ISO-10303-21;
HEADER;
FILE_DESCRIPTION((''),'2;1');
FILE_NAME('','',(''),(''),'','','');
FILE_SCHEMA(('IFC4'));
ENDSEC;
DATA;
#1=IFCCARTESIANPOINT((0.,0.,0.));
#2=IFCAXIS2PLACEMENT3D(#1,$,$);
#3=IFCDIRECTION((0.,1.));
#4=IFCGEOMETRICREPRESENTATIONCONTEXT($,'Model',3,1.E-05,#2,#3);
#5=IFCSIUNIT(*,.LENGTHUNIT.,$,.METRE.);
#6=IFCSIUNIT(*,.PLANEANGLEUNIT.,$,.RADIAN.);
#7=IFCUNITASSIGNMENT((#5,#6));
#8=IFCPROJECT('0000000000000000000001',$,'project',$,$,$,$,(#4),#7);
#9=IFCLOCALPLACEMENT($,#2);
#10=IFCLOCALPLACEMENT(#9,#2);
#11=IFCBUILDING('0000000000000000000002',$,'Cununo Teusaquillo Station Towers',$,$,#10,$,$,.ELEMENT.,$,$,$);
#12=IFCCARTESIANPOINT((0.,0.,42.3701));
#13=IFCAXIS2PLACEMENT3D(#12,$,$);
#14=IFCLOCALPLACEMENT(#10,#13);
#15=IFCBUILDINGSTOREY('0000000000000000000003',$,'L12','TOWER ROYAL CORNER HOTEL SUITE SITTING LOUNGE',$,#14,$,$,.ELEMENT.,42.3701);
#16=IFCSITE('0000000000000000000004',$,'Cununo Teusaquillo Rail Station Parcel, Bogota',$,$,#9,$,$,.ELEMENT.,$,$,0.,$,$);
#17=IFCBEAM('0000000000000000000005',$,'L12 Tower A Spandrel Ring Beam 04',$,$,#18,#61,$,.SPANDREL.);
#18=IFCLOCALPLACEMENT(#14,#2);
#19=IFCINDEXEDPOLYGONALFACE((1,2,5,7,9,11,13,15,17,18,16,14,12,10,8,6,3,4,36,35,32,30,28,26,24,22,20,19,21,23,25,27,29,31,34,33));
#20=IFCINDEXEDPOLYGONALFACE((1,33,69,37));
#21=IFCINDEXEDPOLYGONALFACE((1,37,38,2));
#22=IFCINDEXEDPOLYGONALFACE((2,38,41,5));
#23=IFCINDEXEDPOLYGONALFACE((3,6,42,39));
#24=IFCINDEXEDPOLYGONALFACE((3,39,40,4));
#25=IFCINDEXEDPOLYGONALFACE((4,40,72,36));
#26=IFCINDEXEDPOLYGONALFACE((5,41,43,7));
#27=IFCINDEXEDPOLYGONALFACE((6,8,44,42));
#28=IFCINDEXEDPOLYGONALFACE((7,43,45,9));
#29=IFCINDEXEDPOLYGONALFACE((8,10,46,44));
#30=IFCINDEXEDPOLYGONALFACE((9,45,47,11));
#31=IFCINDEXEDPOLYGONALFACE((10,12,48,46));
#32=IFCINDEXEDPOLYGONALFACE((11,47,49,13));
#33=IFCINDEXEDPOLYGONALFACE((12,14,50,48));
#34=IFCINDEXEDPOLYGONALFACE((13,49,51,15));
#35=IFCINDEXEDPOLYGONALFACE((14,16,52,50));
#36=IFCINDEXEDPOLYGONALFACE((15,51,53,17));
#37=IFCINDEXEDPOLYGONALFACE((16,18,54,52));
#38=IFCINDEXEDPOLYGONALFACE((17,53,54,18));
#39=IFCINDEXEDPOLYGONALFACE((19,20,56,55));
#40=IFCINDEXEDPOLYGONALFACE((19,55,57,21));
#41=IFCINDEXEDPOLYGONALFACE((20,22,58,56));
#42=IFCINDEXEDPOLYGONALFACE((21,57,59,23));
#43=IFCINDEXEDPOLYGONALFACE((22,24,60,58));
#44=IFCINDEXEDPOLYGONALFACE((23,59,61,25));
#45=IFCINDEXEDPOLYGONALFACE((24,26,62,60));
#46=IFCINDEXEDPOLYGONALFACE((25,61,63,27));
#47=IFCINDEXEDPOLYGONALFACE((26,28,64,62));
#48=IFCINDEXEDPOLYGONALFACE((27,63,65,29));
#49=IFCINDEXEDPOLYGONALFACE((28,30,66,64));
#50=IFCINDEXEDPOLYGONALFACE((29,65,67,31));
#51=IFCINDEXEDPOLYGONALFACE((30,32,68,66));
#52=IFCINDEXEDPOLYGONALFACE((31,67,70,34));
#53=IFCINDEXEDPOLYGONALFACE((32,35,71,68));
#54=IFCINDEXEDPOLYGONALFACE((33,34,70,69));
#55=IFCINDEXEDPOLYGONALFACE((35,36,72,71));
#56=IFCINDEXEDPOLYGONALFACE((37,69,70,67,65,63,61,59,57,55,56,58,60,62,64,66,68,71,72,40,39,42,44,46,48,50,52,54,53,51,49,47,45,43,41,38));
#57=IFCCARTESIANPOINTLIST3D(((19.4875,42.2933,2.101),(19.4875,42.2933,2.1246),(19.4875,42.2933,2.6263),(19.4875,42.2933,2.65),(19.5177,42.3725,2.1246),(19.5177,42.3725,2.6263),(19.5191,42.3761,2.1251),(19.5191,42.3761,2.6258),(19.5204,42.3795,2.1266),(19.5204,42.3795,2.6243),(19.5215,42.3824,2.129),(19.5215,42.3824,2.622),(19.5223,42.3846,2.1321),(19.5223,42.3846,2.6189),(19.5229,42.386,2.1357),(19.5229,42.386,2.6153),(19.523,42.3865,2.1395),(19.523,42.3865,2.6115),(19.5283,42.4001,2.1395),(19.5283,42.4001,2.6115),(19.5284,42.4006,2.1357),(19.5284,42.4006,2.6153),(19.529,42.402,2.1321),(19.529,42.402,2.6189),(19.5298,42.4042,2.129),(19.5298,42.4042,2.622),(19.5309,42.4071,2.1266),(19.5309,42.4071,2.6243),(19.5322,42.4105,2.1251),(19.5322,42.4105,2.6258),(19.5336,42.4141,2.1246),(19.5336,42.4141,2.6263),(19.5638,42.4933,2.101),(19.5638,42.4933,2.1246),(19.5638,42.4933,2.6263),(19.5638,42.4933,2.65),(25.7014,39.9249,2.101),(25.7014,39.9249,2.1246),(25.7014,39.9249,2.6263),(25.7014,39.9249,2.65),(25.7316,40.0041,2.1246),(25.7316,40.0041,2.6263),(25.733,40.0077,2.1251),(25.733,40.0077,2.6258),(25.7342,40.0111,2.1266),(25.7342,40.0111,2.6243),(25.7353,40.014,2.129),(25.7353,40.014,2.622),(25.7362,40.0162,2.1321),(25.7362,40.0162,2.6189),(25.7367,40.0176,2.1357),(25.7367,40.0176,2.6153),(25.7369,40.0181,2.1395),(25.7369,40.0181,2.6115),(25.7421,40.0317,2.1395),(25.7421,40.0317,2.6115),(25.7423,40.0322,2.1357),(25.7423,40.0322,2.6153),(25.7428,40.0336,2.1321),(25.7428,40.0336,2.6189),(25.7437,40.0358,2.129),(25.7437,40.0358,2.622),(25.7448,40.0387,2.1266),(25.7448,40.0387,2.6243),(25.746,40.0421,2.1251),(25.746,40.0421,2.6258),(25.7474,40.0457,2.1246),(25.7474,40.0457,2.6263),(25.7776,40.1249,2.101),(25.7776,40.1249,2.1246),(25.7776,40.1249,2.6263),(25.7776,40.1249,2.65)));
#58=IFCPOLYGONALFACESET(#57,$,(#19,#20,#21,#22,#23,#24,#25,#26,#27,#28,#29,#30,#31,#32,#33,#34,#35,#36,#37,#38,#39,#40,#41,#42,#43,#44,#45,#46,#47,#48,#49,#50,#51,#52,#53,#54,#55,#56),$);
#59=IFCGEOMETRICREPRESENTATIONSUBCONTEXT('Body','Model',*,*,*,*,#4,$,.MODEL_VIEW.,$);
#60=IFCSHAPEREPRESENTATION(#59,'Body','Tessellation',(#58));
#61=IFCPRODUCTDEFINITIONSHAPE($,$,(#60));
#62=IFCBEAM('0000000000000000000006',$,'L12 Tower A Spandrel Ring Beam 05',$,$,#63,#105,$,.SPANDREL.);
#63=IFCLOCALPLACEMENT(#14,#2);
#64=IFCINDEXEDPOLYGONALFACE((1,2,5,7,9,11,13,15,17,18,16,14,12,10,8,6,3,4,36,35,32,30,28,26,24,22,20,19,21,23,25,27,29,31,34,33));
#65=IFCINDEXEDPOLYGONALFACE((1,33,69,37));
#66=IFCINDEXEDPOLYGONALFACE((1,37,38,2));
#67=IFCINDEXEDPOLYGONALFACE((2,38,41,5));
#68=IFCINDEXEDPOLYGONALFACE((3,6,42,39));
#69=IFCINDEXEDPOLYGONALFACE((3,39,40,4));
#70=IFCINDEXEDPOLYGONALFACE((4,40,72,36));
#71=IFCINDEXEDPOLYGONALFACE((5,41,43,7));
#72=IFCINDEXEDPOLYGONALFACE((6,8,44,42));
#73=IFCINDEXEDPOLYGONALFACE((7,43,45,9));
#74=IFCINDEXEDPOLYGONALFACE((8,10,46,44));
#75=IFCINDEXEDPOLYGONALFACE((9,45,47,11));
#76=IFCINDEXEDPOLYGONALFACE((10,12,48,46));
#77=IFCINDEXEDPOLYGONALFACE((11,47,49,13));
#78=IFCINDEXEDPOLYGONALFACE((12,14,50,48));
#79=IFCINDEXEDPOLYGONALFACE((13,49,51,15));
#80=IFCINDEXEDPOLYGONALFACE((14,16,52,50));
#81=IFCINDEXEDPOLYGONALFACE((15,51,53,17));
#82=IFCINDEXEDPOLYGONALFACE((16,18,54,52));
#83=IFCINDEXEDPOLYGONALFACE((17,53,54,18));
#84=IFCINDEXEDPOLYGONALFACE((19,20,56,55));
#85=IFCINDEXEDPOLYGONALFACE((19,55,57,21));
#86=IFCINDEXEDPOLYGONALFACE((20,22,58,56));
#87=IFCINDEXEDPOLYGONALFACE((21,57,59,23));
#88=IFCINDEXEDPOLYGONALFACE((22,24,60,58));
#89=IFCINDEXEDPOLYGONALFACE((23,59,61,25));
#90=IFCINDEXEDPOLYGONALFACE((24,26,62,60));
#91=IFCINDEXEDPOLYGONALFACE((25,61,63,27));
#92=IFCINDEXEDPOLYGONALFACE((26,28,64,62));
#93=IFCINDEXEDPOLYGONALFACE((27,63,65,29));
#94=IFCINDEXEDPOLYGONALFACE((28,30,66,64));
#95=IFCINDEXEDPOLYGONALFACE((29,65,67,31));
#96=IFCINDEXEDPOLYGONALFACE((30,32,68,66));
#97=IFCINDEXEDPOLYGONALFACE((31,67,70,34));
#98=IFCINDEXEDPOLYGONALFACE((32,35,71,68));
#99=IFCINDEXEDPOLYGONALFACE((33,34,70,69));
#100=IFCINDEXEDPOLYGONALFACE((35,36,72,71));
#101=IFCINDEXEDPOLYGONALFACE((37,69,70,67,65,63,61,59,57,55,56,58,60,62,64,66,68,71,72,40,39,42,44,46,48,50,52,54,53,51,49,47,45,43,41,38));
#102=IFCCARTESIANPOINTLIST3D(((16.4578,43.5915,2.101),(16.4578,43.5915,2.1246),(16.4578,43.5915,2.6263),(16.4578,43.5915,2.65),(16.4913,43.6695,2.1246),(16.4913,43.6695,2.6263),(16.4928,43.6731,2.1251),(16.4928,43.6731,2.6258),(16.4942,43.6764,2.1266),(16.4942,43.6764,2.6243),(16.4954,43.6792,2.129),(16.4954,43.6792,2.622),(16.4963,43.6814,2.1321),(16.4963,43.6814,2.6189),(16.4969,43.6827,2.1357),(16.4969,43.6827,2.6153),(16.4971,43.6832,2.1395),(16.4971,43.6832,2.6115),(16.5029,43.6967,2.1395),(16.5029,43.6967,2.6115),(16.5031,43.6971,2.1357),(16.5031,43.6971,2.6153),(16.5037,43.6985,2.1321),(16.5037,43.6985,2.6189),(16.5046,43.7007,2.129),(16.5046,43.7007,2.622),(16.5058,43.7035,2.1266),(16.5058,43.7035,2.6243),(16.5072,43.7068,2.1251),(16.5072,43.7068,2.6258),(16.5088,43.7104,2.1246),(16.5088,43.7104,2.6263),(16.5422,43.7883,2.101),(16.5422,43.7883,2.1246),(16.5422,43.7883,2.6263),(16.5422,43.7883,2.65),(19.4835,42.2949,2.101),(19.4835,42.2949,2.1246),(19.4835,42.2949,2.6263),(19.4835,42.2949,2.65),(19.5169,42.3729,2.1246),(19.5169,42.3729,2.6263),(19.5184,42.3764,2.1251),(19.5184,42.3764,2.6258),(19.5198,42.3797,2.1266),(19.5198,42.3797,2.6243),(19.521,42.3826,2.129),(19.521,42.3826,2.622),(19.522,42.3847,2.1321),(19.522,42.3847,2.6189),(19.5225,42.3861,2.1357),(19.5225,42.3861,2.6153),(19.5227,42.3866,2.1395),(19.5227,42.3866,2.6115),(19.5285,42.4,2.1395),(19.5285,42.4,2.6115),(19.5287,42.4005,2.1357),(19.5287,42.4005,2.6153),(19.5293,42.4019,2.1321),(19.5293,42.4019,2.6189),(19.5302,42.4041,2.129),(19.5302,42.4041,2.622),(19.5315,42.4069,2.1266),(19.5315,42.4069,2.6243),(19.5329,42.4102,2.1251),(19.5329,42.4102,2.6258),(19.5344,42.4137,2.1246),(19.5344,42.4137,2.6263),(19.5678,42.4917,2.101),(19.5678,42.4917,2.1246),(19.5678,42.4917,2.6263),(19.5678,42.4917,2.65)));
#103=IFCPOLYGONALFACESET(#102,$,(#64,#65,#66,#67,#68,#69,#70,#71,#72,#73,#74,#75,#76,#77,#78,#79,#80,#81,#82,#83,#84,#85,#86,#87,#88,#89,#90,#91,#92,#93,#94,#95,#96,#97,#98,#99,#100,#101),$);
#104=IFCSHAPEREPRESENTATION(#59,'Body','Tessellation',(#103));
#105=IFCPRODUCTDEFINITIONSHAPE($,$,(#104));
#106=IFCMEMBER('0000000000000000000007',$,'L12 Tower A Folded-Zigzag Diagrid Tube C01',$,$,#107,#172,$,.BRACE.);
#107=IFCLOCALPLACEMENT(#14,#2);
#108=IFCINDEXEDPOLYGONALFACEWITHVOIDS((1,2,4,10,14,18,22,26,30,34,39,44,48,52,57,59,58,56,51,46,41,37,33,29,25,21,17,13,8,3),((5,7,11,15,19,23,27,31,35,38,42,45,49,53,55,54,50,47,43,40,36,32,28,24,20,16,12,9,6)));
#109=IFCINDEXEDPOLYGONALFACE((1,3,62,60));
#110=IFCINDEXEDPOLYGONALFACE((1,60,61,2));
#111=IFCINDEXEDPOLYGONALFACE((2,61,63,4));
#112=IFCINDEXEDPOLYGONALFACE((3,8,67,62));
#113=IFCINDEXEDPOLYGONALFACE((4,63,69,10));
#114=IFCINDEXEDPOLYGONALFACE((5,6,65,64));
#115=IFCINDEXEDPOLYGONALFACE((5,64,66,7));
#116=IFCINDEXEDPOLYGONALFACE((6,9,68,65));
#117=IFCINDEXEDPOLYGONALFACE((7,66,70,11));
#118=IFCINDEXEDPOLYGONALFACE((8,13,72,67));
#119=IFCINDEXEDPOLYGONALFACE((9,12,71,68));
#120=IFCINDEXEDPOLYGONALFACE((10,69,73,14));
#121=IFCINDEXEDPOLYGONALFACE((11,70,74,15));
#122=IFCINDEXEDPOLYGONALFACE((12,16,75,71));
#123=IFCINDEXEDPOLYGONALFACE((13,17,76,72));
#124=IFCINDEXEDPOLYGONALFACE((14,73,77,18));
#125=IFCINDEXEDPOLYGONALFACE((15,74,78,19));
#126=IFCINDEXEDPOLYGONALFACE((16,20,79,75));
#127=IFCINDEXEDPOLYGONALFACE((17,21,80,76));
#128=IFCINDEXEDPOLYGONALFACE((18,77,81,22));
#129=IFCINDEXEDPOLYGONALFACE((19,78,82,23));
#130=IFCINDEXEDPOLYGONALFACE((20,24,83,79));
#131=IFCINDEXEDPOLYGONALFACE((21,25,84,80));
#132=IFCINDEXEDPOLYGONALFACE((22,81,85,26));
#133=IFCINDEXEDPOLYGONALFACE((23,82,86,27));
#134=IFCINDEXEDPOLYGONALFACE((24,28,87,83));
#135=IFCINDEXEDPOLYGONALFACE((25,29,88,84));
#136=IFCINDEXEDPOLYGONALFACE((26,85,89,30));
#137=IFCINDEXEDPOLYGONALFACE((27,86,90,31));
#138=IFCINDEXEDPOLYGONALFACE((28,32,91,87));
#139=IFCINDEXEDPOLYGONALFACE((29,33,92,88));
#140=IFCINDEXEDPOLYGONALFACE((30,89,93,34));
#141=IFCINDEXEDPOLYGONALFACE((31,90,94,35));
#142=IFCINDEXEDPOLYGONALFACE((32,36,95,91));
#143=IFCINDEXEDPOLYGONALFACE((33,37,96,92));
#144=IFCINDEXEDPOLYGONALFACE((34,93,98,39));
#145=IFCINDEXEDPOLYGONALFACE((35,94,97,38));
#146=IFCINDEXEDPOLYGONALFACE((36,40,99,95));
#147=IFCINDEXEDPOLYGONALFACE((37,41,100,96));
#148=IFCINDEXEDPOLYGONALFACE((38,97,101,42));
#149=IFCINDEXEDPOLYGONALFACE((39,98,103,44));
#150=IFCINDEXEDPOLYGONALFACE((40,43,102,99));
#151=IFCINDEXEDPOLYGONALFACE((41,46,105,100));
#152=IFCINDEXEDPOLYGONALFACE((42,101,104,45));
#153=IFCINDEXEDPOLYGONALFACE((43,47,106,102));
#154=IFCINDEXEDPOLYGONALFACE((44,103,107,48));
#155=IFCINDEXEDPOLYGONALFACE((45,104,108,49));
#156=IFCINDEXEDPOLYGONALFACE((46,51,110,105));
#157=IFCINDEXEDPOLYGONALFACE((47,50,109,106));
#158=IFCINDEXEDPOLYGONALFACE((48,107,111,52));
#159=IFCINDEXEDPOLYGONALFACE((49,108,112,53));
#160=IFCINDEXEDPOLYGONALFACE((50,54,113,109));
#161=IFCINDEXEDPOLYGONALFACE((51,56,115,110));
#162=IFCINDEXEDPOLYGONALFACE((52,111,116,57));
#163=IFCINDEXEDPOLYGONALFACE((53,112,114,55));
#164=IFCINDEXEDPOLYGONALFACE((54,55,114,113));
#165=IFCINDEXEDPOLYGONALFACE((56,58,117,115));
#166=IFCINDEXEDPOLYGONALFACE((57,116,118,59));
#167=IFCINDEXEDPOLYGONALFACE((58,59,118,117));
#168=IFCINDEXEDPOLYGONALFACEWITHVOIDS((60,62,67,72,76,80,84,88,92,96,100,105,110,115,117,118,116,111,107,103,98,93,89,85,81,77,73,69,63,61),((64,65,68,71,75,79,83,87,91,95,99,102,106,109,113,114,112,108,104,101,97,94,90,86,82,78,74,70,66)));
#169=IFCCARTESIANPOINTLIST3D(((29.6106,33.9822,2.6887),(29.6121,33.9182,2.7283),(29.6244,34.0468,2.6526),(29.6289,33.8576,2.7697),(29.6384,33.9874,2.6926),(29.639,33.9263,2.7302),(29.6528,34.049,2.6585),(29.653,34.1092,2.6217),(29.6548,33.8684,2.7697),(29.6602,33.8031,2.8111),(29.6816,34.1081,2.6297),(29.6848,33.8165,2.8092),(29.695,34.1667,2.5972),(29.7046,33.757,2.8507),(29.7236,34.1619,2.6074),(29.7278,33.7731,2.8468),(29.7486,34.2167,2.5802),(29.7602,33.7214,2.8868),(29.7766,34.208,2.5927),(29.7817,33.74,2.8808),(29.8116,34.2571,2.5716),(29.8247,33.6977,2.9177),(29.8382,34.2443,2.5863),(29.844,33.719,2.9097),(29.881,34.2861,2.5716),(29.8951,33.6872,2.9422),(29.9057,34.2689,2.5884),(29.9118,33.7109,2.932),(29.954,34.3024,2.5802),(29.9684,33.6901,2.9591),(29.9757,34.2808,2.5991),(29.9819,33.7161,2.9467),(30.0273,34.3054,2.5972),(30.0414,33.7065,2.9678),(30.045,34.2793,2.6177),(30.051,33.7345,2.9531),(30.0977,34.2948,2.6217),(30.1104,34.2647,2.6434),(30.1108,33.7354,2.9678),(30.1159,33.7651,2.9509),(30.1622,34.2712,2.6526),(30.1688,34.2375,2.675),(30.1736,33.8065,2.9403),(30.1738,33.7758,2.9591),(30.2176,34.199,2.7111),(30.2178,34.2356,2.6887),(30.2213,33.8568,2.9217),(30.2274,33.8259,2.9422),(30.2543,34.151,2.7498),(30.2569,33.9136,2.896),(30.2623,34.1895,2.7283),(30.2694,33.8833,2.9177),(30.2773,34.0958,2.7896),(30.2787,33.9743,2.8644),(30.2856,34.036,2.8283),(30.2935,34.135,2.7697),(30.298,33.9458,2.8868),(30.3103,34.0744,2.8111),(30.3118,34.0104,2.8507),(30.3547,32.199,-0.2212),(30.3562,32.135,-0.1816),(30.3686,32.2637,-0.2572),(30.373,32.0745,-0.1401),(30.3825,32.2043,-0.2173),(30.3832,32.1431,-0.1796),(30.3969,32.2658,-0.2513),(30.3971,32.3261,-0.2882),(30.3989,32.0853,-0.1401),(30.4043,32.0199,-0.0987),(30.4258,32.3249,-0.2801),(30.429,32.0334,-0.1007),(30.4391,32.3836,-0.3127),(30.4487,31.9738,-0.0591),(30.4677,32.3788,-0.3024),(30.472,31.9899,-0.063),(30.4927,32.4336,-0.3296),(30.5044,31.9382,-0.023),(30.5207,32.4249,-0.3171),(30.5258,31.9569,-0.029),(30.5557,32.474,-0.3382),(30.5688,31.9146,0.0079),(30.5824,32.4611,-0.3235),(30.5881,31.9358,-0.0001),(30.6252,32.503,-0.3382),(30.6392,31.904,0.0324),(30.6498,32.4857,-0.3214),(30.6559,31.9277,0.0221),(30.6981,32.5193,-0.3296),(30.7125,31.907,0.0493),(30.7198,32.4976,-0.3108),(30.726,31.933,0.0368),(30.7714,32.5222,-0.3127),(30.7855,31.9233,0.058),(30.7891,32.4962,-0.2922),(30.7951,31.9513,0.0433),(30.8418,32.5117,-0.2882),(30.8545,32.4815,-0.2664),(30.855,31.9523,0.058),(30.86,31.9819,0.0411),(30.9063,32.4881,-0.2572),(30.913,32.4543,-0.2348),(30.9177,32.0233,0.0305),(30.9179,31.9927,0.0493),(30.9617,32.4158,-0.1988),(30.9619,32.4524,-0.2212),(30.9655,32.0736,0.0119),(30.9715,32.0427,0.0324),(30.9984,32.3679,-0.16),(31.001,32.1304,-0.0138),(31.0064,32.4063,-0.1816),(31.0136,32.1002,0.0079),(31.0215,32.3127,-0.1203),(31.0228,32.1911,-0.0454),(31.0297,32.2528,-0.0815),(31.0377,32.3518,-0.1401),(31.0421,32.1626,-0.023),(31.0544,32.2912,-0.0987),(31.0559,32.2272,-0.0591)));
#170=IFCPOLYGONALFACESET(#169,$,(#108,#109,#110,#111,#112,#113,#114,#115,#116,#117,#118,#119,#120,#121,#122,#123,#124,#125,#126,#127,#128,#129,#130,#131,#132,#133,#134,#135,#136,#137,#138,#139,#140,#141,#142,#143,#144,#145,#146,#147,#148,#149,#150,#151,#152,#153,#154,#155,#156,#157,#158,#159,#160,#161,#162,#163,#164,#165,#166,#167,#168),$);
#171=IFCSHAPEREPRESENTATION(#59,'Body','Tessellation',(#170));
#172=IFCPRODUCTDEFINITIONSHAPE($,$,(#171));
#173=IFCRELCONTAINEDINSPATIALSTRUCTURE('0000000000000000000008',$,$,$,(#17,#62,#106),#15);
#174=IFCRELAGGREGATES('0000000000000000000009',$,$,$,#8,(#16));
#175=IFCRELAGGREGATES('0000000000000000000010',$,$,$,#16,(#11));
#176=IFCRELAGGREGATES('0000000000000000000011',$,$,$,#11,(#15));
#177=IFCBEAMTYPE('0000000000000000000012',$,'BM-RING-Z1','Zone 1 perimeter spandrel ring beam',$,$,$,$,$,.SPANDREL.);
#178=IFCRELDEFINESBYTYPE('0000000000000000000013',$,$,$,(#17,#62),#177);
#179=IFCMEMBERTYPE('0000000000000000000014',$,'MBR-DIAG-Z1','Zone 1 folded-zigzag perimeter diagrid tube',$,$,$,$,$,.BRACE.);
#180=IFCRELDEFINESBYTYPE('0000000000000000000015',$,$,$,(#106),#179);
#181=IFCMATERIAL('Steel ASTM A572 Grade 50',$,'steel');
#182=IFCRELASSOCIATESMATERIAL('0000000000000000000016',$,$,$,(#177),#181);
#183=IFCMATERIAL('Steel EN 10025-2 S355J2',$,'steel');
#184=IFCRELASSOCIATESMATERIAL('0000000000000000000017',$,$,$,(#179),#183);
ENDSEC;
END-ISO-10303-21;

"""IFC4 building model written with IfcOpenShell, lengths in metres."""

from ifc_helpers import new_model, si_unit, direction, frame, origin, origin_2d, place, context, subcontext, project, spatial, hollow_circle, i_section, extrude, material, material_profile, profile_set, type_object, element, save


model = new_model("IFC4")

# Units and contexts
model_context = context("Model", 3, precision=1e-05, world=origin(), true_north=direction((0.0, 1.0)))
body_context = subcontext(model_context, "Body", "Model", "MODEL_VIEW")
ifc_project = project(units=[si_unit("LENGTHUNIT", "METRE"), si_unit("PLANEANGLEUNIT", "RADIAN")], contexts=[model_context])

# Site, building, storey
site_placement = place(None, origin())
site = spatial("IfcSite", under=ifc_project, at=site_placement, Name="Cununo Teusaquillo Rail Station Parcel, Bogota", CompositionType="ELEMENT", RefElevation=0.0)
building_placement = place(site_placement, origin())
building = spatial("IfcBuilding", under=site, at=building_placement, Name="Cununo Teusaquillo Station Towers", CompositionType="ELEMENT")
storey_placement = place(building_placement, frame((0.0, 0.0, 42.3701)))
storey = spatial("IfcBuildingStorey", under=building, at=storey_placement, Name="L12", Description="TOWER ROYAL CORNER HOTEL SUITE SITTING LOUNGE", CompositionType="ELEMENT", Elevation=42.3701)

# Beams
ifc_material_1 = material(Name="Steel ASTM A572 Grade 50", Category="steel")
ifc_material_profile_1 = material_profile(ifc_material_1, i_section(OverallWidth=0.2141, OverallDepth=0.5491, WebThickness=0.0146, FlangeThickness=0.0237, FilletRadius=0.0149, at=origin_2d()), Name="W21X93")
ifc_profile_set_1 = profile_set([ifc_material_profile_1], Name="Steel ASTM A572 Grade 50")
beam_type_1 = type_object("IfcBeamType", Name="BM-RING-Z1", Description="Zone 1 perimeter spandrel ring beam", PredefinedType="SPANDREL", material=ifc_profile_set_1)
beam_1_placement = place(storey_placement, frame((25.7395, 40.0249, 2.3755), z_axis=(-0.934427, 0.356156, 0.0), x_axis=(-0.356156, -0.934427, 0.0)))
element("IfcBeam", 1, at=beam_1_placement, inside=storey, type_object=beam_type_1, Name="L12 Tower A Spandrel Ring Beam 04", PredefinedType="SPANDREL", context=body_context, shape_type="SweptSolid", body=[
    extrude(i_section(OverallWidth=0.2141, OverallDepth=0.5491, WebThickness=0.0146, FlangeThickness=0.0237, FilletRadius=0.0149, at=origin_2d()), origin(), (0.0, 0.0, 1.0), 6.6499),
])
beam_2_placement = place(storey_placement, frame((19.5256, 42.3933, 2.3755), z_axis=(-0.919153, 0.393901, 0.0), x_axis=(-0.393901, -0.919153, 0.0)))
element("IfcBeam", 2, at=beam_2_placement, inside=storey, type_object=beam_type_1, Name="L12 Tower A Spandrel Ring Beam 05", PredefinedType="SPANDREL", context=body_context, shape_type="SweptSolid", body=[
    extrude(i_section(OverallWidth=0.2141, OverallDepth=0.5491, WebThickness=0.0146, FlangeThickness=0.0237, FilletRadius=0.0149, at=origin_2d()), origin(), (0.0, 0.0, 1.0), 3.2917),
])

# Member
ifc_material_2 = material(Name="Steel EN 10025-2 S355J2", Category="steel")
ifc_material_profile_2 = material_profile(ifc_material_2, hollow_circle(Radius=0.3601, WallThickness=0.0281, at=origin_2d()), Name="CHS 720x28")
ifc_profile_set_2 = profile_set([ifc_material_profile_2], Name="Steel EN 10025-2 S355J2")
member_type = type_object("IfcMemberType", Name="MBR-DIAG-Z1", Description="Zone 1 folded-zigzag perimeter diagrid tube", PredefinedType="BRACE", material=ifc_profile_set_2)
member_1_placement = place(storey_placement, frame((30.7053, 32.2131, -0.1401), z_axis=(-0.213037, 0.510506, 0.833066), x_axis=(-0.922867, -0.385118, 0.0)))
element("IfcMember", 3, at=member_1_placement, inside=storey, type_object=member_type, Name="L12 Tower A Folded-Zigzag Diagrid Tube C01", PredefinedType="BRACE", context=body_context, shape_type="SweptSolid", body=[
    extrude(hollow_circle(Radius=0.3601, WallThickness=0.0281, at=origin_2d()), origin(), (0.0, 0.0, 1.0), 3.4929),
])

save(model, "model.ifc")
